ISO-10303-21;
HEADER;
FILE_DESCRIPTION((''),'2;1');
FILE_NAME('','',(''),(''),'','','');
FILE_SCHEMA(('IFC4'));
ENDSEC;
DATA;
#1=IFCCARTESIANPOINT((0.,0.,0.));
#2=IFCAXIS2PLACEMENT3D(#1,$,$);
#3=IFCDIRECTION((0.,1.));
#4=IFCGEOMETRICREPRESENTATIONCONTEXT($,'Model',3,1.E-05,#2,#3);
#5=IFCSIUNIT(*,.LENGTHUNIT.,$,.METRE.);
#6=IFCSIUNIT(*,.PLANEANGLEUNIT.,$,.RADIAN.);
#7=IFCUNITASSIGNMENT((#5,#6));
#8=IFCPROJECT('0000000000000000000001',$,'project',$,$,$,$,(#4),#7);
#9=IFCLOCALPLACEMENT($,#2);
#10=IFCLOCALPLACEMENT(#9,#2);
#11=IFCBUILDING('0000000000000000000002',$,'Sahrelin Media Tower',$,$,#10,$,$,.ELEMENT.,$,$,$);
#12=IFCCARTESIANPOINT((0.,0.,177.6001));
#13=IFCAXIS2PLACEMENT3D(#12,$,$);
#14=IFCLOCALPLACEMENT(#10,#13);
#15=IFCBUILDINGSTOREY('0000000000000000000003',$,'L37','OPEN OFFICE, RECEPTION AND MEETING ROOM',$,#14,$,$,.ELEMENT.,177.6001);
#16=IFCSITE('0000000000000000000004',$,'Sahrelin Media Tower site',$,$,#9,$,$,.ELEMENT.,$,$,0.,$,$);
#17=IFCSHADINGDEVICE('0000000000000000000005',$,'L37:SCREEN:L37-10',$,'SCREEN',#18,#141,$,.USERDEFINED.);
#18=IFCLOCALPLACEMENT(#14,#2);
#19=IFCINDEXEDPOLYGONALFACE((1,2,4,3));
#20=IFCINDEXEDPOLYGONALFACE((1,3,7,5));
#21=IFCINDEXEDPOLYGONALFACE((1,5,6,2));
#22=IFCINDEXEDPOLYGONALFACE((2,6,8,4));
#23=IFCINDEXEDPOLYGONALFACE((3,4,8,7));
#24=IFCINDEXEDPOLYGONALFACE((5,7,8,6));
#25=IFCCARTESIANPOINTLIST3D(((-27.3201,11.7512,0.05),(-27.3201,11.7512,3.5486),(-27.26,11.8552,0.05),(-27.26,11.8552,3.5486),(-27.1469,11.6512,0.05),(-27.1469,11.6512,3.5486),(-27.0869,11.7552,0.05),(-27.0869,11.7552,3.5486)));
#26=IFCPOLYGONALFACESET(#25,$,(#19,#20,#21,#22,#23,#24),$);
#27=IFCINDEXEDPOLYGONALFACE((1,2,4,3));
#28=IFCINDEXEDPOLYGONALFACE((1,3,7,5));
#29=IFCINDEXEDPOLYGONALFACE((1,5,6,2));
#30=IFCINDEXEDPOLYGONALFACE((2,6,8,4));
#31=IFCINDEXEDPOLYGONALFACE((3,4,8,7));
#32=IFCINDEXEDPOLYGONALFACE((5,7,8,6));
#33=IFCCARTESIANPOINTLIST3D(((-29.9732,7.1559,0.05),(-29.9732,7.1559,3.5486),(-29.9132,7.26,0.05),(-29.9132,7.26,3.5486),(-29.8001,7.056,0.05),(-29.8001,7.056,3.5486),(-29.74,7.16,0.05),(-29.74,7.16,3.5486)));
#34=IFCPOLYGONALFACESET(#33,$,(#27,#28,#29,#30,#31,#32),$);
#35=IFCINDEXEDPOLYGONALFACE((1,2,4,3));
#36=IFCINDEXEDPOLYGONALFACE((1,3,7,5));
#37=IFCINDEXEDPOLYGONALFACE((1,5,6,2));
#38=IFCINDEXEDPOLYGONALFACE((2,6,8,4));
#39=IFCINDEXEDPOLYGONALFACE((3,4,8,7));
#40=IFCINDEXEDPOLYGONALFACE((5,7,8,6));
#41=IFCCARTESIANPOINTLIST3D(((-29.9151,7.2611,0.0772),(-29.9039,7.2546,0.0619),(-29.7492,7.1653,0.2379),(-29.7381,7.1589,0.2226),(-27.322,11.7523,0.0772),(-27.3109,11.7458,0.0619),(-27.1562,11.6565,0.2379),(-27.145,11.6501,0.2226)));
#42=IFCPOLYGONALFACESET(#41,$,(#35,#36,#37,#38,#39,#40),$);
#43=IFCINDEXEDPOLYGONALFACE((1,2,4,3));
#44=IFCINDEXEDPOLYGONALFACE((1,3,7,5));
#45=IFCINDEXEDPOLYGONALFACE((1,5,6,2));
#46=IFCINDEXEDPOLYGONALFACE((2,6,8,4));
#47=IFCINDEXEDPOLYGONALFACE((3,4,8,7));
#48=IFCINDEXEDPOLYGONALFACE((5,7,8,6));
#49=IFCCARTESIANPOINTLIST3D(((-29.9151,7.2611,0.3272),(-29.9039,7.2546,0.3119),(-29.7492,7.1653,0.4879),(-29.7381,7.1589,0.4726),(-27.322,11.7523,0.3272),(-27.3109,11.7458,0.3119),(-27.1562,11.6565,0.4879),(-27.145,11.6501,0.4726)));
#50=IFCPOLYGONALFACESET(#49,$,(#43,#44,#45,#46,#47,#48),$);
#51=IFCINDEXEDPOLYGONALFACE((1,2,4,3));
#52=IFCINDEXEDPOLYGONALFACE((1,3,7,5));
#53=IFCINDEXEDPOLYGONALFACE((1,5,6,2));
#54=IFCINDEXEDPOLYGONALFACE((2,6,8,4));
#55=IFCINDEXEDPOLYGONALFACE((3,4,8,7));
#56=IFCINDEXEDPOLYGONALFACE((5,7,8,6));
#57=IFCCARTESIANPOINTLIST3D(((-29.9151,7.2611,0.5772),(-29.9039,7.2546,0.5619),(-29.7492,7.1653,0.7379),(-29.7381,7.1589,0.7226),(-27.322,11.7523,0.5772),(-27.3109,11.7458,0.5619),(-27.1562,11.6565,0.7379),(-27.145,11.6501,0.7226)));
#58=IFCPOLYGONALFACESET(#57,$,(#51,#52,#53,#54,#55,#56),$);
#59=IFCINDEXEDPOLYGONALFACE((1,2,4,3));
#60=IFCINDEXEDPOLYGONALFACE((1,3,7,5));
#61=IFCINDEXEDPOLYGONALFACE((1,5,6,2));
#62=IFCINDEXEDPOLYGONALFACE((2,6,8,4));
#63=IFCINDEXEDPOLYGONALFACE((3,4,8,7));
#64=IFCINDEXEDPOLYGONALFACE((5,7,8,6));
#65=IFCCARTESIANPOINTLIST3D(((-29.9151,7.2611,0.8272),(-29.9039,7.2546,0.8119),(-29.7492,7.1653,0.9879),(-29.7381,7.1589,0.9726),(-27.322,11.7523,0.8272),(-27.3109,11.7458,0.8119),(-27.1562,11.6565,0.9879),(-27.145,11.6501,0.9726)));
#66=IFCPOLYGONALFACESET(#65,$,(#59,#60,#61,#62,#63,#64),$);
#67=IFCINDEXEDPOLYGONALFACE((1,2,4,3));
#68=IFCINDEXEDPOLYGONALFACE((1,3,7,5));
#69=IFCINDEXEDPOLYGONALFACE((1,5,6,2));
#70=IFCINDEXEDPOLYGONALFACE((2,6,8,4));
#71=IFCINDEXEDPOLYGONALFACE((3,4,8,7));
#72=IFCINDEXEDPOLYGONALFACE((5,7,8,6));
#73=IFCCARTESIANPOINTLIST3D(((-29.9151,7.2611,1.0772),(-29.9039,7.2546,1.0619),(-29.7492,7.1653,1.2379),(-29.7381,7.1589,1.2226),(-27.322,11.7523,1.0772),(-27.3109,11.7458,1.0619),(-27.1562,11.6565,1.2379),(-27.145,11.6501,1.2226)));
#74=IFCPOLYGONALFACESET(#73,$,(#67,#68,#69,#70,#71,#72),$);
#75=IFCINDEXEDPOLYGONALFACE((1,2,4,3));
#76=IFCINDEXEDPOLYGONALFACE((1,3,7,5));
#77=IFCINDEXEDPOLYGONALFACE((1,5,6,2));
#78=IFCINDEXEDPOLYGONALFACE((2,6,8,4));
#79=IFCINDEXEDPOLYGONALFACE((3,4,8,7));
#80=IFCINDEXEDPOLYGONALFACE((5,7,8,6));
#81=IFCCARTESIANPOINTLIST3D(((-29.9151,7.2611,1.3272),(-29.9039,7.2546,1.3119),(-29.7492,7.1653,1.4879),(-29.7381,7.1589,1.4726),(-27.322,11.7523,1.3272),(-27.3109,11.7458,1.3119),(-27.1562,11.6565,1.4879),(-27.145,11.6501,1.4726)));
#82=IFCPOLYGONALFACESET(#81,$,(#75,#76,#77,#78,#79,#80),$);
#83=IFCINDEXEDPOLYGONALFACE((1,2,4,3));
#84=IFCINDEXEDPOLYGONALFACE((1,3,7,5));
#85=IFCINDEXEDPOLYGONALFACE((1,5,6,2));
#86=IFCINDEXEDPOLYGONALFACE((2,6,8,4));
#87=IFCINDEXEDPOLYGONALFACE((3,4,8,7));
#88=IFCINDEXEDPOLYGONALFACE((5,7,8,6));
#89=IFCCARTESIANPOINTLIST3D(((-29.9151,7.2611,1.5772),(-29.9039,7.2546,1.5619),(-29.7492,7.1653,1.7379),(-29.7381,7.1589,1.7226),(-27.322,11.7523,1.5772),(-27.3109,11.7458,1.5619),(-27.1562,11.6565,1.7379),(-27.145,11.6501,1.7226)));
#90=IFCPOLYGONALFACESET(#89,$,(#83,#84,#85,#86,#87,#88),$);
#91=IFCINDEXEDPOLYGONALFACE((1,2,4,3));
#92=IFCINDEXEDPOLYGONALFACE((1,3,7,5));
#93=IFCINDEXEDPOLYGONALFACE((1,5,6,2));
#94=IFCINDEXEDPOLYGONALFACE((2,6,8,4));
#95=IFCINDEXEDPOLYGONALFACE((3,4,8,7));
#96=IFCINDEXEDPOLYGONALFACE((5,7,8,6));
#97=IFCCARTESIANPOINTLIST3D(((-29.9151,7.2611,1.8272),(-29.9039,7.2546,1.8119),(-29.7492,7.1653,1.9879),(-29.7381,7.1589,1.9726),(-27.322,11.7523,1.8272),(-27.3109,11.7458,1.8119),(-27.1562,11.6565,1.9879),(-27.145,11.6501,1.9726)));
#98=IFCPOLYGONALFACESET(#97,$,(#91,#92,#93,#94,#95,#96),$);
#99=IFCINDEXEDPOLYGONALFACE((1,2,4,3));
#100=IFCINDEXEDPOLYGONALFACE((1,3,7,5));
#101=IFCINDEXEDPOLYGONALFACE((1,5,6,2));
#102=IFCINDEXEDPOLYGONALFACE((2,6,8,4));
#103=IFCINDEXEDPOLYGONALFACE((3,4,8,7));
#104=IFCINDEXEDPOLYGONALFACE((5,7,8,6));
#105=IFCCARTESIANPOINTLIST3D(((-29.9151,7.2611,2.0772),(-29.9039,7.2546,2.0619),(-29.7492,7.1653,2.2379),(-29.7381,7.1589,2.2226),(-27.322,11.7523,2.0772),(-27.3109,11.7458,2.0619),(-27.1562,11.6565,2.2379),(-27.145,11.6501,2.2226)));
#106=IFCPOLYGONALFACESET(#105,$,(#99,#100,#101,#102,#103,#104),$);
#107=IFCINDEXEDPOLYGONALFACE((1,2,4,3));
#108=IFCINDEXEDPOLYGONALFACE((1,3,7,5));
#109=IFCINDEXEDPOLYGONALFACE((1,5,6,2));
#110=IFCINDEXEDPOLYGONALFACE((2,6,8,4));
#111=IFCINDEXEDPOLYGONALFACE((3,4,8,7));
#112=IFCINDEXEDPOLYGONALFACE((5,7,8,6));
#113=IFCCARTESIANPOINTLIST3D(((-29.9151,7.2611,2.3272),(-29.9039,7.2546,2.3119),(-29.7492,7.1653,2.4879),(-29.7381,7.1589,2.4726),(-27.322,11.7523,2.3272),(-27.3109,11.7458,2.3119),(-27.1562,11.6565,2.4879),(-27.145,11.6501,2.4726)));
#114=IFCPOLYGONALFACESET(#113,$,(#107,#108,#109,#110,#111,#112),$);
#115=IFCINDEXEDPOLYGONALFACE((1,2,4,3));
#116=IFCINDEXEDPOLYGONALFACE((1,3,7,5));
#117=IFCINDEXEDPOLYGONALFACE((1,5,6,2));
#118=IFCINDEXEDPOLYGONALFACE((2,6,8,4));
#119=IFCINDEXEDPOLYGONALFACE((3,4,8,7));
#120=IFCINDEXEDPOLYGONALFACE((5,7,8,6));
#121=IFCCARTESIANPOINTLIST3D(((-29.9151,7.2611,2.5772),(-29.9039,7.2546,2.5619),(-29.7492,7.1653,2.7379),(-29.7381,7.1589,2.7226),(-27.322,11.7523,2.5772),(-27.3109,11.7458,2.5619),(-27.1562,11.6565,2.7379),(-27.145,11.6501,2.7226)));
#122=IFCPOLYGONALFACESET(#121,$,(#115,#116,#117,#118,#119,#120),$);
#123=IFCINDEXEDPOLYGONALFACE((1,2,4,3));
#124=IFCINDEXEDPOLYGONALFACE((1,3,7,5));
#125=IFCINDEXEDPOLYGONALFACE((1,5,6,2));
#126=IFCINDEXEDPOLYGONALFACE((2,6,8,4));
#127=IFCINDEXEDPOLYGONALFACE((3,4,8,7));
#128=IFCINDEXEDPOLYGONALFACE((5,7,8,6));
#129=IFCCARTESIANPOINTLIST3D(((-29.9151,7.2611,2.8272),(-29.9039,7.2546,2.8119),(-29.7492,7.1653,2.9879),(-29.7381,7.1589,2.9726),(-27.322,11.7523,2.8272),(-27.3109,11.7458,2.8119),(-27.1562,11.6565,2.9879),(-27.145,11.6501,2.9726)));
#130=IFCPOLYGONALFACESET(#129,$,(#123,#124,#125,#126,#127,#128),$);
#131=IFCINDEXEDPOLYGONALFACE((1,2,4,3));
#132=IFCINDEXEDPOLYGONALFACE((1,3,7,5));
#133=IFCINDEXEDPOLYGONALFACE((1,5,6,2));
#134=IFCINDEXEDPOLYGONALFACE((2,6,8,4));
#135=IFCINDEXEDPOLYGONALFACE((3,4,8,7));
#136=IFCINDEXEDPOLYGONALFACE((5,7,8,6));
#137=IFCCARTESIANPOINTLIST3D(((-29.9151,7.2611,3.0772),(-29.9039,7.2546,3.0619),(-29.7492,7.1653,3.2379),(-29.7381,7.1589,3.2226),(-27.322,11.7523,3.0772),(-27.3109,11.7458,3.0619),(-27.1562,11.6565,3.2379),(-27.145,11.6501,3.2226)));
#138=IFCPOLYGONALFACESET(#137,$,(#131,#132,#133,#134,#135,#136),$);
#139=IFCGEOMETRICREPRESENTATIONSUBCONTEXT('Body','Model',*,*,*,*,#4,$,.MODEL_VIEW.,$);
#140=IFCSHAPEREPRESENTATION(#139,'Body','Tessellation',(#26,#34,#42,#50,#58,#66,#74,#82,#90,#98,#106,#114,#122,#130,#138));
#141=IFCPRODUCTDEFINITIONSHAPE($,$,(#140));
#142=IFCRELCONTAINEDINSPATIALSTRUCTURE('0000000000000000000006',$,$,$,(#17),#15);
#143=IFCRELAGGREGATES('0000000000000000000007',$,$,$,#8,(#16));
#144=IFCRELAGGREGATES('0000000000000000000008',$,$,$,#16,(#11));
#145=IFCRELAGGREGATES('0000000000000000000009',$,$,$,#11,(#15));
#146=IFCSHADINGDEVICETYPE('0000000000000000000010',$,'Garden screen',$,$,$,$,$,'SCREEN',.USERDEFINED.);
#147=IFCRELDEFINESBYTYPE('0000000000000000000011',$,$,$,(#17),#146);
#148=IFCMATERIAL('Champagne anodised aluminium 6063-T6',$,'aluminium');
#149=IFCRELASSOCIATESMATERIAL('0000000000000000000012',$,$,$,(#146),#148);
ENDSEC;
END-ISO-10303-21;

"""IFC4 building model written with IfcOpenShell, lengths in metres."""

from ifc_helpers import new_model, si_unit, direction, frame, origin, origin_2d, place, context, subcontext, project, spatial, rectangle, extrude, material, type_object, element, save


model = new_model("IFC4")

# Units and contexts
model_context = context("Model", 3, precision=1e-05, world=origin(), true_north=direction((0.0, 1.0)))
body_context = subcontext(model_context, "Body", "Model", "MODEL_VIEW")
ifc_project = project(units=[si_unit("LENGTHUNIT", "METRE"), si_unit("PLANEANGLEUNIT", "RADIAN")], contexts=[model_context])

# Site, building, storey
site_placement = place(None, origin())
site = spatial("IfcSite", under=ifc_project, at=site_placement, Name="Sahrelin Media Tower site", CompositionType="ELEMENT", RefElevation=0.0)
building_placement = place(site_placement, origin())
building = spatial("IfcBuilding", under=site, at=building_placement, Name="Sahrelin Media Tower", CompositionType="ELEMENT")
storey_placement = place(building_placement, frame((0.0, 0.0, 177.6001)))
storey = spatial("IfcBuildingStorey", under=building, at=storey_placement, Name="L37", Description="OPEN OFFICE, RECEPTION AND MEETING ROOM", CompositionType="ELEMENT", Elevation=177.6001)

# Shading device
ifc_material_1 = material(Name="Champagne anodised aluminium 6063-T6", Category="aluminium")
shading_device_type = type_object("IfcShadingDeviceType", Name="Garden screen", ElementType="SCREEN", PredefinedType="USERDEFINED", material=ifc_material_1)
shading_device_1_placement = place(storey_placement, frame((-28.4434, 9.4055, 0.0), z_axis=(0.0, 0.0, 1.0), x_axis=(0.500011, 0.866019, 0.0)))
element("IfcShadingDevice", 1, at=shading_device_1_placement, inside=storey, type_object=shading_device_type, Name="L37:SCREEN:L37-10", ObjectType="SCREEN", PredefinedType="USERDEFINED", context=body_context, shape_type="SweptSolid", body=[
    extrude(rectangle(XDim=0.1201, YDim=0.2, at=origin_2d()), frame((2.6531, 0.1001, 0.05), z_axis=(0.0, 0.0, 1.0), x_axis=(1.0, 0.0, 0.0)), (0.0, 0.0, 1.0), 3.4985),
    extrude(rectangle(XDim=0.1201, YDim=0.2, at=origin_2d()), frame((-2.6531, 0.1001, 0.05), z_axis=(0.0, 0.0, 1.0), x_axis=(1.0, 0.0, 0.0)), (0.0, 0.0, 1.0), 3.4985),
    extrude(rectangle(XDim=0.25, YDim=0.02, at=origin_2d()), frame((2.593, 0.1001, 0.1499), z_axis=(-1.0, 0.0, 0.0), x_axis=(0.0, -0.766044, 0.642788)), (0.0, 0.0, 1.0), 5.186),
    extrude(rectangle(XDim=0.25, YDim=0.02, at=origin_2d()), frame((2.593, 0.1001, 0.3999), z_axis=(-1.0, 0.0, 0.0), x_axis=(0.0, -0.766044, 0.642788)), (0.0, 0.0, 1.0), 5.186),
    extrude(rectangle(XDim=0.25, YDim=0.02, at=origin_2d()), frame((2.593, 0.1001, 0.6499), z_axis=(-1.0, 0.0, 0.0), x_axis=(0.0, -0.766044, 0.642788)), (0.0, 0.0, 1.0), 5.186),
    extrude(rectangle(XDim=0.25, YDim=0.02, at=origin_2d()), frame((2.593, 0.1001, 0.8999), z_axis=(-1.0, 0.0, 0.0), x_axis=(0.0, -0.766044, 0.642788)), (0.0, 0.0, 1.0), 5.186),
    extrude(rectangle(XDim=0.25, YDim=0.02, at=origin_2d()), frame((2.593, 0.1001, 1.1499), z_axis=(-1.0, 0.0, 0.0), x_axis=(0.0, -0.766044, 0.642788)), (0.0, 0.0, 1.0), 5.186),
    extrude(rectangle(XDim=0.25, YDim=0.02, at=origin_2d()), frame((2.593, 0.1001, 1.3999), z_axis=(-1.0, 0.0, 0.0), x_axis=(0.0, -0.766044, 0.642788)), (0.0, 0.0, 1.0), 5.186),
    extrude(rectangle(XDim=0.25, YDim=0.02, at=origin_2d()), frame((2.593, 0.1001, 1.6499), z_axis=(-1.0, 0.0, 0.0), x_axis=(0.0, -0.766044, 0.642788)), (0.0, 0.0, 1.0), 5.186),
    extrude(rectangle(XDim=0.25, YDim=0.02, at=origin_2d()), frame((2.593, 0.1001, 1.8999), z_axis=(-1.0, 0.0, 0.0), x_axis=(0.0, -0.766044, 0.642788)), (0.0, 0.0, 1.0), 5.186),
    extrude(rectangle(XDim=0.25, YDim=0.02, at=origin_2d()), frame((2.593, 0.1001, 2.1499), z_axis=(-1.0, 0.0, 0.0), x_axis=(0.0, -0.766044, 0.642788)), (0.0, 0.0, 1.0), 5.186),
    extrude(rectangle(XDim=0.25, YDim=0.02, at=origin_2d()), frame((2.593, 0.1001, 2.3999), z_axis=(-1.0, 0.0, 0.0), x_axis=(0.0, -0.766044, 0.642788)), (0.0, 0.0, 1.0), 5.186),
    extrude(rectangle(XDim=0.25, YDim=0.02, at=origin_2d()), frame((2.593, 0.1001, 2.6499), z_axis=(-1.0, 0.0, 0.0), x_axis=(0.0, -0.766044, 0.642788)), (0.0, 0.0, 1.0), 5.186),
    extrude(rectangle(XDim=0.25, YDim=0.02, at=origin_2d()), frame((2.593, 0.1001, 2.8999), z_axis=(-1.0, 0.0, 0.0), x_axis=(0.0, -0.766044, 0.642788)), (0.0, 0.0, 1.0), 5.186),
    extrude(rectangle(XDim=0.25, YDim=0.02, at=origin_2d()), frame((2.593, 0.1001, 3.1499), z_axis=(-1.0, 0.0, 0.0), x_axis=(0.0, -0.766044, 0.642788)), (0.0, 0.0, 1.0), 5.186),
])

save(model, "model.ifc")
